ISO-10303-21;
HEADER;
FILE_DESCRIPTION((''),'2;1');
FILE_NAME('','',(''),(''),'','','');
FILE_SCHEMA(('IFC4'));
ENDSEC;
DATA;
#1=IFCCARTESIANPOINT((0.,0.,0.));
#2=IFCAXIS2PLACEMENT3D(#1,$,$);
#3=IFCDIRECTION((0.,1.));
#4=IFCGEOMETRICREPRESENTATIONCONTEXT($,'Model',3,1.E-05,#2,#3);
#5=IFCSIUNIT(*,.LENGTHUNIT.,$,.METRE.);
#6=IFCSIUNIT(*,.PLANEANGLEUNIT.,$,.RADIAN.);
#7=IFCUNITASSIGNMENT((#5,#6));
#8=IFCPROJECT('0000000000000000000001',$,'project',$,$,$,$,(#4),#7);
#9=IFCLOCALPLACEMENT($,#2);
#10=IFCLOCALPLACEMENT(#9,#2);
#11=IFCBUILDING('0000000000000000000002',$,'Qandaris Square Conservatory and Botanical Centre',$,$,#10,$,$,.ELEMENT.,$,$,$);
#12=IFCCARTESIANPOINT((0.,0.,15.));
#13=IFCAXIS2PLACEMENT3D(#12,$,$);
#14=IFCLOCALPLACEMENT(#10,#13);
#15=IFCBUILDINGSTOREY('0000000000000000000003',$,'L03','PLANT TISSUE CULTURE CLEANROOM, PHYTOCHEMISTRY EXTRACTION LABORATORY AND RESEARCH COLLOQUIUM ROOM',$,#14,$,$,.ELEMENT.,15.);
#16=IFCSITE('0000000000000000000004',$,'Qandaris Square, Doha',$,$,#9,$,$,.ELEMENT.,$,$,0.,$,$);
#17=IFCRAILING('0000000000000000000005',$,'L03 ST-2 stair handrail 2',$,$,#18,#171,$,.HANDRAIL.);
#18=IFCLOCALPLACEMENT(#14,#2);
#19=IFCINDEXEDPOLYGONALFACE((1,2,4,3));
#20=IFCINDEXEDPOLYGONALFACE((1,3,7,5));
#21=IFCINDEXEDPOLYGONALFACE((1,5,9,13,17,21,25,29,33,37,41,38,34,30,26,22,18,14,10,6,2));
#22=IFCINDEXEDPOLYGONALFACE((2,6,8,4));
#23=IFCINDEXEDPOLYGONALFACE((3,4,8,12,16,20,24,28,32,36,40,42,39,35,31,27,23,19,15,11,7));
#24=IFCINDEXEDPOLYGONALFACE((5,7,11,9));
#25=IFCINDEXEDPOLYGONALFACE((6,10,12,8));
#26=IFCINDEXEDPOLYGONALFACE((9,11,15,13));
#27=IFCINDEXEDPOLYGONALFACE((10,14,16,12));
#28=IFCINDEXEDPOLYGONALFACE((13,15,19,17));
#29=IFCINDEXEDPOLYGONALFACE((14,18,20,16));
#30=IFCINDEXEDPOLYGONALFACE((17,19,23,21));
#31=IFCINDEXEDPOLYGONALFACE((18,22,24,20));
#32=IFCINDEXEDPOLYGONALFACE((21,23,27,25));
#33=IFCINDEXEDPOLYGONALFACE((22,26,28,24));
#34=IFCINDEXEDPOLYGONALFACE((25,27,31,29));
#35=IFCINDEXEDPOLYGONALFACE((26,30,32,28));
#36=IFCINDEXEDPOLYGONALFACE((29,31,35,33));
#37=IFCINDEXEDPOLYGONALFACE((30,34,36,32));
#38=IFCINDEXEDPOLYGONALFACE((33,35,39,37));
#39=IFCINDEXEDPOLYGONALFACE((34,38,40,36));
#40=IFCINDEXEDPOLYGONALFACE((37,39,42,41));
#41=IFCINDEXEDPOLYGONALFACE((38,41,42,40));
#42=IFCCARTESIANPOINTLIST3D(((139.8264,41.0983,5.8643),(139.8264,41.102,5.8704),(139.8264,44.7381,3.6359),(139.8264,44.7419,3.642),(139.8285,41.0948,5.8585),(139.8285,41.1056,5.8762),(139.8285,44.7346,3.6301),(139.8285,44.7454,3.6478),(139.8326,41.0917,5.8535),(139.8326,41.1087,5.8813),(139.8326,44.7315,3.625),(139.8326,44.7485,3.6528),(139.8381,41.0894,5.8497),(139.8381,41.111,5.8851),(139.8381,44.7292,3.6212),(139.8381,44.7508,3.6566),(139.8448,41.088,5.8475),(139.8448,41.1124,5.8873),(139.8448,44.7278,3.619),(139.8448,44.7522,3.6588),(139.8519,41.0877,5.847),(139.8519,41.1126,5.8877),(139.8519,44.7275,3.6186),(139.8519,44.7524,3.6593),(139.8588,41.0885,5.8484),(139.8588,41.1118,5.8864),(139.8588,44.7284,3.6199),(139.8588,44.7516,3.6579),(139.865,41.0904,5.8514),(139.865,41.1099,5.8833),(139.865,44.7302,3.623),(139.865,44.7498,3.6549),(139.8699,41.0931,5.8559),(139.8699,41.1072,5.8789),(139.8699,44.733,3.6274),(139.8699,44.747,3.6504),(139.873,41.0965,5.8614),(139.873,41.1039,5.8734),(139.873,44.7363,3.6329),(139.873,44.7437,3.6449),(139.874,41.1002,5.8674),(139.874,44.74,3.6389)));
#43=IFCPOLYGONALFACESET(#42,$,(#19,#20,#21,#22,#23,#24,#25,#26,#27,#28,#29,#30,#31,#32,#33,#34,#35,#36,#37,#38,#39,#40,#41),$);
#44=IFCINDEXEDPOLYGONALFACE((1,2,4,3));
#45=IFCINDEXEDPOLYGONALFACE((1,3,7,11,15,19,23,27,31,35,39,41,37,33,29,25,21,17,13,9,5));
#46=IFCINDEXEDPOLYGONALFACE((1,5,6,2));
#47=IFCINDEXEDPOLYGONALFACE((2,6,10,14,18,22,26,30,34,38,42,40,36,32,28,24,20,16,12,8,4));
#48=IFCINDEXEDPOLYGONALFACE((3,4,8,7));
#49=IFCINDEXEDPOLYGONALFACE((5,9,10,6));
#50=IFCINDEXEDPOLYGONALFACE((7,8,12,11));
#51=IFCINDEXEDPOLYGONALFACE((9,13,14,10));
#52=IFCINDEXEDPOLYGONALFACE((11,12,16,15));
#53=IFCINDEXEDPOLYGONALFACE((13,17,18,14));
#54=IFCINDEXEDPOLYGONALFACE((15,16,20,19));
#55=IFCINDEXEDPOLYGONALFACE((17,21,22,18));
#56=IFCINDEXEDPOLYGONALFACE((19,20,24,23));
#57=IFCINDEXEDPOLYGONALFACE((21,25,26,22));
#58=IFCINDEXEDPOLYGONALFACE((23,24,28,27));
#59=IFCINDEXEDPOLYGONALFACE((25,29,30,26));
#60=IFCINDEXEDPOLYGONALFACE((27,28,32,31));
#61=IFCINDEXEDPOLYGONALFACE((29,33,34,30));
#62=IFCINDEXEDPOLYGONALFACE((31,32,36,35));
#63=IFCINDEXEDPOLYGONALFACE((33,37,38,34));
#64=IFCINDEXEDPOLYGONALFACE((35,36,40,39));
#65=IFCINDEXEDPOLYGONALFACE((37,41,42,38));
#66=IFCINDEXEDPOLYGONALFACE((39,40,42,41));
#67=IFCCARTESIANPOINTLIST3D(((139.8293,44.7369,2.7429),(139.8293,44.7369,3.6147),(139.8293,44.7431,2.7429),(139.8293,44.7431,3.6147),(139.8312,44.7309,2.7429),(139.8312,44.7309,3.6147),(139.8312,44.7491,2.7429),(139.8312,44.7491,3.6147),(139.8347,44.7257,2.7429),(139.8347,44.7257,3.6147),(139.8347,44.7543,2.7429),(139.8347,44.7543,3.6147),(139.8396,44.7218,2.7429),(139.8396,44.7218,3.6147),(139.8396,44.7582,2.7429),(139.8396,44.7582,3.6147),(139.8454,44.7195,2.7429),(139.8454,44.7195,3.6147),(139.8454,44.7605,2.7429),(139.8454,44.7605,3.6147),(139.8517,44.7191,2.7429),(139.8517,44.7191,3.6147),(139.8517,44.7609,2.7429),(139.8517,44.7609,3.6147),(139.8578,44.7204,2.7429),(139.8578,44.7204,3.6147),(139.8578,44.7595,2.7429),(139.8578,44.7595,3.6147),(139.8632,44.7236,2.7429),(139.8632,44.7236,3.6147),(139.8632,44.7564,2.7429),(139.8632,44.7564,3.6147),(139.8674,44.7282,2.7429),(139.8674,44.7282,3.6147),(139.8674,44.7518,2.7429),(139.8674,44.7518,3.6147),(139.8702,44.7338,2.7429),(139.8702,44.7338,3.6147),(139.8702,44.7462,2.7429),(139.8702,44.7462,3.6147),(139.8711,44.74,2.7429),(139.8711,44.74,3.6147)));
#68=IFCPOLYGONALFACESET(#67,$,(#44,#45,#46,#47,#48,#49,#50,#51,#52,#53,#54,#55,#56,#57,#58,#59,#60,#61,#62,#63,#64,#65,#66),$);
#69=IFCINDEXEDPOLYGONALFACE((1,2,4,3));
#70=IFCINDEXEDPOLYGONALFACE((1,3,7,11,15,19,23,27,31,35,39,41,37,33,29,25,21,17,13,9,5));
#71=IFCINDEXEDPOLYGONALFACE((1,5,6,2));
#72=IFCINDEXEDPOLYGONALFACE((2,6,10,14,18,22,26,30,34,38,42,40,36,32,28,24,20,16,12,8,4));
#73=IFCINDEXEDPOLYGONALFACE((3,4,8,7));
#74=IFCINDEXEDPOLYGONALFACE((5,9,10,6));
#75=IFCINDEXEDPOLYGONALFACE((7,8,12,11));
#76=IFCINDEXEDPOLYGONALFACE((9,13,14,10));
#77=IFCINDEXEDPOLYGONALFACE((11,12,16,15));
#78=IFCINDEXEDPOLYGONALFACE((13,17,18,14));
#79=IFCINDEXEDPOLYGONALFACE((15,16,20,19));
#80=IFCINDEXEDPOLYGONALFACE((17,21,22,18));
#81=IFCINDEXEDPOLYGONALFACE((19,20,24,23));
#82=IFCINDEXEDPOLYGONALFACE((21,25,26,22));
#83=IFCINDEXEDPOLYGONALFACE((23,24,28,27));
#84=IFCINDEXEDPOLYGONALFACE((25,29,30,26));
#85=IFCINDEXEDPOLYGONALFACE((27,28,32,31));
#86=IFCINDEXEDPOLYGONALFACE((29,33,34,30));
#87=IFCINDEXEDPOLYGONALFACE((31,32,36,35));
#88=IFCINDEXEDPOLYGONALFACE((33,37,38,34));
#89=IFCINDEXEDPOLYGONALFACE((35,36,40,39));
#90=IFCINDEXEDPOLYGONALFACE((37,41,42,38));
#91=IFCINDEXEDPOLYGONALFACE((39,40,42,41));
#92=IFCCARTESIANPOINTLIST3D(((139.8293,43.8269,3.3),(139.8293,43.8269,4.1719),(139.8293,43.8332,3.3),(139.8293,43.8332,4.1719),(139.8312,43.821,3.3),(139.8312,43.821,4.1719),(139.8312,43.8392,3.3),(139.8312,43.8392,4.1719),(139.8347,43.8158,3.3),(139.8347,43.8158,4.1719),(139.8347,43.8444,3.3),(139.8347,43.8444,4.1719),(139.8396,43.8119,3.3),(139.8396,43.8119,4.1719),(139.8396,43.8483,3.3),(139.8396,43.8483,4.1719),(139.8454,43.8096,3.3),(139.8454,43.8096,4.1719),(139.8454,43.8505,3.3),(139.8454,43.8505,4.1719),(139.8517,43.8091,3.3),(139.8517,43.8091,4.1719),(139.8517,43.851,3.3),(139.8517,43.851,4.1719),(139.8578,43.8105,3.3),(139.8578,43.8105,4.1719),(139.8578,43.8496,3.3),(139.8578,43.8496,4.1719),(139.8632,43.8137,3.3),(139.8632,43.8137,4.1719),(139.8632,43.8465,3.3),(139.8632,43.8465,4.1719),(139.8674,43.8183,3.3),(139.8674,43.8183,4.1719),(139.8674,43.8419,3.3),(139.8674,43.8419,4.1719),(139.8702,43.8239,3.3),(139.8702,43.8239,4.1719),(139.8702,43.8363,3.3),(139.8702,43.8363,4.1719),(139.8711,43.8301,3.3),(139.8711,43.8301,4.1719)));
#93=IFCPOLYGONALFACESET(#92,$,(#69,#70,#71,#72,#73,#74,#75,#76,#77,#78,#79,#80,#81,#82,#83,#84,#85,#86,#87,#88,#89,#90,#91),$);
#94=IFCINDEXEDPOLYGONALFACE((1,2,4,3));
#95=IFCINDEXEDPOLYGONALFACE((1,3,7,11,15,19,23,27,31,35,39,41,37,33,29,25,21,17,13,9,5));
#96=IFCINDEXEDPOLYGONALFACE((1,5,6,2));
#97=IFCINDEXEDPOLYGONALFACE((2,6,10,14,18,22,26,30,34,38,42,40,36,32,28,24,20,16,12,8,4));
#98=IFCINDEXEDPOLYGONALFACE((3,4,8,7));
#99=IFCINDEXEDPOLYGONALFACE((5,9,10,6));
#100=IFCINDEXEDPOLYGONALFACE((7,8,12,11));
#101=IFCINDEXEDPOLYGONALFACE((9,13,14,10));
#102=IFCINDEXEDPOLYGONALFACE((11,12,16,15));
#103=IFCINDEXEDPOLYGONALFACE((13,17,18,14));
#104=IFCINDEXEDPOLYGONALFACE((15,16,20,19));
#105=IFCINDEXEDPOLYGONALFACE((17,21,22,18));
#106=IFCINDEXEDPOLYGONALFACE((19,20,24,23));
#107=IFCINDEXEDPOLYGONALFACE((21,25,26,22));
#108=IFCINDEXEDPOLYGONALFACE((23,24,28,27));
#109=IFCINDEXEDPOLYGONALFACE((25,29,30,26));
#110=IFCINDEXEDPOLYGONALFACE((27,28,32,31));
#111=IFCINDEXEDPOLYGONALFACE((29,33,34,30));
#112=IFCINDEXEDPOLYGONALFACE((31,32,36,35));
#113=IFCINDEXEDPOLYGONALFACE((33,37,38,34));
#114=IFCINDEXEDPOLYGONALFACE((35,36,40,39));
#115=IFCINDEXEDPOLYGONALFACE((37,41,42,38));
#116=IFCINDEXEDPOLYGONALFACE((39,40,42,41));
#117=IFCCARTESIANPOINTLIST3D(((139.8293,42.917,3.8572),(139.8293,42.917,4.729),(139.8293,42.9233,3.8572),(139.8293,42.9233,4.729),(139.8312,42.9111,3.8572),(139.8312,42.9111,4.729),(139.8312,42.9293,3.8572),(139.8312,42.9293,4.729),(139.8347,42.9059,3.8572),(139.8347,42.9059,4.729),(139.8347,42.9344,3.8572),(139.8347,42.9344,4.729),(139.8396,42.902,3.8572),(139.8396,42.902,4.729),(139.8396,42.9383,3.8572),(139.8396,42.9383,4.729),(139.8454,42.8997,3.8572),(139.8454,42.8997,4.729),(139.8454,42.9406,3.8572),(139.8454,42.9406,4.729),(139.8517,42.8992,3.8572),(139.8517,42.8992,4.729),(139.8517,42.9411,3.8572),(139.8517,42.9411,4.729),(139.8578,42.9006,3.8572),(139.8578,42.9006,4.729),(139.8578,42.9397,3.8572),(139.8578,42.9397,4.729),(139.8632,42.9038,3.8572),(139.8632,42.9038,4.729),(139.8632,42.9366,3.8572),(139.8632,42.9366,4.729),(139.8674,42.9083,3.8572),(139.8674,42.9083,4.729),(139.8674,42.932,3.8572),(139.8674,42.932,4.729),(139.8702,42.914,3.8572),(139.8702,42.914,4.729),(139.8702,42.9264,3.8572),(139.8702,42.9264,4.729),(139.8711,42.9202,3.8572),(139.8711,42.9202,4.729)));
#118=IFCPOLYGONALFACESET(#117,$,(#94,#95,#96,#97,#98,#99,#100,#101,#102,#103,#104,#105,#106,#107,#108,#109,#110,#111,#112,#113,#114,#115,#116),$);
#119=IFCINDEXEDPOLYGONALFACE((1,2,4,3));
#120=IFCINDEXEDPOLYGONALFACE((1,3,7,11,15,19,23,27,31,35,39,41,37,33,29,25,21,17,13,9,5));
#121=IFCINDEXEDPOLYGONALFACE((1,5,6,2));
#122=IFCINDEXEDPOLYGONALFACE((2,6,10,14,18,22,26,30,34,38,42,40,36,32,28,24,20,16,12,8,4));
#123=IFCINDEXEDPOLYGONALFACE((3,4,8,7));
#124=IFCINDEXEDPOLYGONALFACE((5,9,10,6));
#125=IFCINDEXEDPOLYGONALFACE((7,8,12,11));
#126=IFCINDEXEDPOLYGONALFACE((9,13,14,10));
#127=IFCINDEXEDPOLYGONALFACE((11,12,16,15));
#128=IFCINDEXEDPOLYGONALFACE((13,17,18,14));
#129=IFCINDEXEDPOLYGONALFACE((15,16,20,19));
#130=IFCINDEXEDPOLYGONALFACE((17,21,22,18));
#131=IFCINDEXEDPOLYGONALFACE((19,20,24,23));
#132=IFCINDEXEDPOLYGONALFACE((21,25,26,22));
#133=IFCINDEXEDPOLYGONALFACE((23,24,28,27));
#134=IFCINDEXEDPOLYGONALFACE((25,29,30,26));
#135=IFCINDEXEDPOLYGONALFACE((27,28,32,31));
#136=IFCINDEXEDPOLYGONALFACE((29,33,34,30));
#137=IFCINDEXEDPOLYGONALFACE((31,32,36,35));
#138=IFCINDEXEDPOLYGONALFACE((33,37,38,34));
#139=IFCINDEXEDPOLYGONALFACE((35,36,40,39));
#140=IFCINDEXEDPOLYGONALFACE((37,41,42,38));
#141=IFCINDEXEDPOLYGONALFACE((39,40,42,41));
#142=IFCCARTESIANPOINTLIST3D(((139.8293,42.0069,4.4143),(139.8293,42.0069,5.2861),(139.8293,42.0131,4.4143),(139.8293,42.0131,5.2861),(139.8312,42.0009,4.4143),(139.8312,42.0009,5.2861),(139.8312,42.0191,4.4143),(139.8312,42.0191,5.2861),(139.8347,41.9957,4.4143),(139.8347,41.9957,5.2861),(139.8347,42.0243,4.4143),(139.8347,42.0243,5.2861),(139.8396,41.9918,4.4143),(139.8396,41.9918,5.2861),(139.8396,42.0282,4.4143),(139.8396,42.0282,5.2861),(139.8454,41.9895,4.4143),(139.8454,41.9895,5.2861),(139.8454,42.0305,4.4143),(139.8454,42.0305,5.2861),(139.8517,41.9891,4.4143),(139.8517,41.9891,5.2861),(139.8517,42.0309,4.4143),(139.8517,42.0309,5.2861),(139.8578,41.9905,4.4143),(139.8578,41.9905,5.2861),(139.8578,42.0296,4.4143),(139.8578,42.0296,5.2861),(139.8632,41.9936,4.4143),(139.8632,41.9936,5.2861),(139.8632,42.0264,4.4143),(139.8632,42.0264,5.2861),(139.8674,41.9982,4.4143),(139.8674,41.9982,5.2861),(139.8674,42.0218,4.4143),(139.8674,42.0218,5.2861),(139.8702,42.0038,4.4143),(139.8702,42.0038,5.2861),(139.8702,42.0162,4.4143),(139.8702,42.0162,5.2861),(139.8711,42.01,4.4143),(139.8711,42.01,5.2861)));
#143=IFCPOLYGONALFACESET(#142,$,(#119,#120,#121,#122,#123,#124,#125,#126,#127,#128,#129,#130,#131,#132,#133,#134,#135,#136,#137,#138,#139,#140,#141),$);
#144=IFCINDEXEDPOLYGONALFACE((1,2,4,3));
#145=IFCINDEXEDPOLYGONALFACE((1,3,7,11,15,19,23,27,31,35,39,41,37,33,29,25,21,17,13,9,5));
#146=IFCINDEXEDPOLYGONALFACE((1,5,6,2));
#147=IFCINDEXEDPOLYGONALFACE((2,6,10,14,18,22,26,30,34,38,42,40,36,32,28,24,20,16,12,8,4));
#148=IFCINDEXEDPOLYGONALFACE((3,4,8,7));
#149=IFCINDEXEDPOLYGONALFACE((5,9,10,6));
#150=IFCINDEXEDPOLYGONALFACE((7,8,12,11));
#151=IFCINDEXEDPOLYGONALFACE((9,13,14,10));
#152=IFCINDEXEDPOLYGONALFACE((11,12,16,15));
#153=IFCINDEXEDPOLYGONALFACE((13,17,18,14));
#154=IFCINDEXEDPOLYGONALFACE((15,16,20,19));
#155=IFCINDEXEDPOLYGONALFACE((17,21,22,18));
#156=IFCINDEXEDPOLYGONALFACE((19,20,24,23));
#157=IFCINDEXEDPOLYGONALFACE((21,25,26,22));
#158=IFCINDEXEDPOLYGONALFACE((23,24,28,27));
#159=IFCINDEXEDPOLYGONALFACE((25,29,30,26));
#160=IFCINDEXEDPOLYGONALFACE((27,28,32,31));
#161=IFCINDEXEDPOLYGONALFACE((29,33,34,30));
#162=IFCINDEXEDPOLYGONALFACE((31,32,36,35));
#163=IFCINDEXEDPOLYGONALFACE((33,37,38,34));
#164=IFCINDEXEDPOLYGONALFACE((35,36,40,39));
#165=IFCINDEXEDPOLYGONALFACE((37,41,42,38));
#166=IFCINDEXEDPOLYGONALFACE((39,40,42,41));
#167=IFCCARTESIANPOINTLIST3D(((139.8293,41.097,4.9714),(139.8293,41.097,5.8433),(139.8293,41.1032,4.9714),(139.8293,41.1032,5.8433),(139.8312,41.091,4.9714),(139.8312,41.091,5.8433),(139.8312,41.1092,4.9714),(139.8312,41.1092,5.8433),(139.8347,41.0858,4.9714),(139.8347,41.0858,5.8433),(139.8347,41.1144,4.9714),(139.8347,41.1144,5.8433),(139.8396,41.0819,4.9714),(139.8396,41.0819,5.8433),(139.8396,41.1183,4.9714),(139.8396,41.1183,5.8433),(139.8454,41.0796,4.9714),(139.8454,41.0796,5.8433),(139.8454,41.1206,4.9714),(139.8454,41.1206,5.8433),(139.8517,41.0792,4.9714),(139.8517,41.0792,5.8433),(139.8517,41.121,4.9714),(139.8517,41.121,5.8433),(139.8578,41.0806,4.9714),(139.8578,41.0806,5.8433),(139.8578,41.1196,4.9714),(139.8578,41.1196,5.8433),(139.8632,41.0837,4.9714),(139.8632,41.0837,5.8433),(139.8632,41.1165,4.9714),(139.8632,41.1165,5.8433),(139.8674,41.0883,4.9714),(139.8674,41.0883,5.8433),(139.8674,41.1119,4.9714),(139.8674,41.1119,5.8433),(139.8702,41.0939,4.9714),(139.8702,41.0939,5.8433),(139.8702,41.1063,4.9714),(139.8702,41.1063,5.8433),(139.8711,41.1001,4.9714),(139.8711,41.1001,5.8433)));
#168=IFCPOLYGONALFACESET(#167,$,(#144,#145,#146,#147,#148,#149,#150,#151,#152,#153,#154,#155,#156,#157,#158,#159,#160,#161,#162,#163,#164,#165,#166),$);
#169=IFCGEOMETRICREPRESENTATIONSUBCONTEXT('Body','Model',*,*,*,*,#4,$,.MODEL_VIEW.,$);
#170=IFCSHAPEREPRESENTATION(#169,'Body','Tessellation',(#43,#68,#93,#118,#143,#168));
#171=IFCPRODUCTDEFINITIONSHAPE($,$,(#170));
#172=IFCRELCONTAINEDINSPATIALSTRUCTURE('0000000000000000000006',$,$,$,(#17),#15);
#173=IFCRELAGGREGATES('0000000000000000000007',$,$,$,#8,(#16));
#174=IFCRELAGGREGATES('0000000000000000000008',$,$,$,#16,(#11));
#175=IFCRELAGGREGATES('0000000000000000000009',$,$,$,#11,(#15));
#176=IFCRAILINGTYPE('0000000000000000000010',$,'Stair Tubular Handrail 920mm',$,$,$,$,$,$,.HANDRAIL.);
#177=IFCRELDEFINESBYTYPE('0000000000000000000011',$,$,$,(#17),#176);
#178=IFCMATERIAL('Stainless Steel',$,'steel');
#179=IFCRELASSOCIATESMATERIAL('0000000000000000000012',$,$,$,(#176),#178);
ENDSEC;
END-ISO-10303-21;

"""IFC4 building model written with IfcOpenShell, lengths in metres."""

from ifc_helpers import new_model, si_unit, direction, frame, origin, origin_2d, place, context, subcontext, project, spatial, circle, extrude, material, type_object, element, save


model = new_model("IFC4")

# Units and contexts
model_context = context("Model", 3, precision=1e-05, world=origin(), true_north=direction((0.0, 1.0)))
body_context = subcontext(model_context, "Body", "Model", "MODEL_VIEW")
ifc_project = project(units=[si_unit("LENGTHUNIT", "METRE"), si_unit("PLANEANGLEUNIT", "RADIAN")], contexts=[model_context])

# Site, building, storey
site_placement = place(None, origin())
site = spatial("IfcSite", under=ifc_project, at=site_placement, Name="Qandaris Square, Doha", CompositionType="ELEMENT", RefElevation=0.0)
building_placement = place(site_placement, origin())
building = spatial("IfcBuilding", under=site, at=building_placement, Name="Qandaris Square Conservatory and Botanical Centre", CompositionType="ELEMENT")
storey_placement = place(building_placement, frame((0.0, 0.0, 15.0)))
storey = spatial("IfcBuildingStorey", under=building, at=storey_placement, Name="L03", Description="PLANT TISSUE CULTURE CLEANROOM, PHYTOCHEMISTRY EXTRACTION LABORATORY AND RESEARCH COLLOQUIUM ROOM", CompositionType="ELEMENT", Elevation=15.0)

# Railing
ifc_material_1 = material(Name="Stainless Steel", Category="steel")
railing_type_1 = type_object("IfcRailingType", Name="Stair Tubular Handrail 920mm", PredefinedType="HANDRAIL", material=ifc_material_1)
railing_1_placement = place(storey_placement, frame((139.8501, 44.74, 2.7429)))
element("IfcRailing", 1, at=railing_1_placement, inside=storey, type_object=railing_type_1, Name="L03 ST-2 stair handrail 2", PredefinedType="HANDRAIL", context=body_context, shape_type="SweptSolid", body=[
    extrude(circle(Radius=0.0239, at=origin_2d()), frame((0.0, 0.0, 0.896), z_axis=(0.0, -0.85285, 0.522156), x_axis=(1.0, 0.0, 0.0)), (0.0, 0.0, 1.0), 4.2678),
    extrude(circle(Radius=0.021, at=origin_2d()), origin(), (0.0, 0.0, 1.0), 0.8718),
    extrude(circle(Radius=0.021, at=origin_2d()), frame((0.0, -0.9099, 0.5571)), (0.0, 0.0, 1.0), 0.8718),
    extrude(circle(Radius=0.021, at=origin_2d()), frame((0.0, -1.8198, 1.1143)), (0.0, 0.0, 1.0), 0.8718),
    extrude(circle(Radius=0.021, at=origin_2d()), frame((0.0, -2.73, 1.6714)), (0.0, 0.0, 1.0), 0.8718),
    extrude(circle(Radius=0.021, at=origin_2d()), frame((0.0, -3.6399, 2.2285)), (0.0, 0.0, 1.0), 0.8718),
])

save(model, "model.ifc")
